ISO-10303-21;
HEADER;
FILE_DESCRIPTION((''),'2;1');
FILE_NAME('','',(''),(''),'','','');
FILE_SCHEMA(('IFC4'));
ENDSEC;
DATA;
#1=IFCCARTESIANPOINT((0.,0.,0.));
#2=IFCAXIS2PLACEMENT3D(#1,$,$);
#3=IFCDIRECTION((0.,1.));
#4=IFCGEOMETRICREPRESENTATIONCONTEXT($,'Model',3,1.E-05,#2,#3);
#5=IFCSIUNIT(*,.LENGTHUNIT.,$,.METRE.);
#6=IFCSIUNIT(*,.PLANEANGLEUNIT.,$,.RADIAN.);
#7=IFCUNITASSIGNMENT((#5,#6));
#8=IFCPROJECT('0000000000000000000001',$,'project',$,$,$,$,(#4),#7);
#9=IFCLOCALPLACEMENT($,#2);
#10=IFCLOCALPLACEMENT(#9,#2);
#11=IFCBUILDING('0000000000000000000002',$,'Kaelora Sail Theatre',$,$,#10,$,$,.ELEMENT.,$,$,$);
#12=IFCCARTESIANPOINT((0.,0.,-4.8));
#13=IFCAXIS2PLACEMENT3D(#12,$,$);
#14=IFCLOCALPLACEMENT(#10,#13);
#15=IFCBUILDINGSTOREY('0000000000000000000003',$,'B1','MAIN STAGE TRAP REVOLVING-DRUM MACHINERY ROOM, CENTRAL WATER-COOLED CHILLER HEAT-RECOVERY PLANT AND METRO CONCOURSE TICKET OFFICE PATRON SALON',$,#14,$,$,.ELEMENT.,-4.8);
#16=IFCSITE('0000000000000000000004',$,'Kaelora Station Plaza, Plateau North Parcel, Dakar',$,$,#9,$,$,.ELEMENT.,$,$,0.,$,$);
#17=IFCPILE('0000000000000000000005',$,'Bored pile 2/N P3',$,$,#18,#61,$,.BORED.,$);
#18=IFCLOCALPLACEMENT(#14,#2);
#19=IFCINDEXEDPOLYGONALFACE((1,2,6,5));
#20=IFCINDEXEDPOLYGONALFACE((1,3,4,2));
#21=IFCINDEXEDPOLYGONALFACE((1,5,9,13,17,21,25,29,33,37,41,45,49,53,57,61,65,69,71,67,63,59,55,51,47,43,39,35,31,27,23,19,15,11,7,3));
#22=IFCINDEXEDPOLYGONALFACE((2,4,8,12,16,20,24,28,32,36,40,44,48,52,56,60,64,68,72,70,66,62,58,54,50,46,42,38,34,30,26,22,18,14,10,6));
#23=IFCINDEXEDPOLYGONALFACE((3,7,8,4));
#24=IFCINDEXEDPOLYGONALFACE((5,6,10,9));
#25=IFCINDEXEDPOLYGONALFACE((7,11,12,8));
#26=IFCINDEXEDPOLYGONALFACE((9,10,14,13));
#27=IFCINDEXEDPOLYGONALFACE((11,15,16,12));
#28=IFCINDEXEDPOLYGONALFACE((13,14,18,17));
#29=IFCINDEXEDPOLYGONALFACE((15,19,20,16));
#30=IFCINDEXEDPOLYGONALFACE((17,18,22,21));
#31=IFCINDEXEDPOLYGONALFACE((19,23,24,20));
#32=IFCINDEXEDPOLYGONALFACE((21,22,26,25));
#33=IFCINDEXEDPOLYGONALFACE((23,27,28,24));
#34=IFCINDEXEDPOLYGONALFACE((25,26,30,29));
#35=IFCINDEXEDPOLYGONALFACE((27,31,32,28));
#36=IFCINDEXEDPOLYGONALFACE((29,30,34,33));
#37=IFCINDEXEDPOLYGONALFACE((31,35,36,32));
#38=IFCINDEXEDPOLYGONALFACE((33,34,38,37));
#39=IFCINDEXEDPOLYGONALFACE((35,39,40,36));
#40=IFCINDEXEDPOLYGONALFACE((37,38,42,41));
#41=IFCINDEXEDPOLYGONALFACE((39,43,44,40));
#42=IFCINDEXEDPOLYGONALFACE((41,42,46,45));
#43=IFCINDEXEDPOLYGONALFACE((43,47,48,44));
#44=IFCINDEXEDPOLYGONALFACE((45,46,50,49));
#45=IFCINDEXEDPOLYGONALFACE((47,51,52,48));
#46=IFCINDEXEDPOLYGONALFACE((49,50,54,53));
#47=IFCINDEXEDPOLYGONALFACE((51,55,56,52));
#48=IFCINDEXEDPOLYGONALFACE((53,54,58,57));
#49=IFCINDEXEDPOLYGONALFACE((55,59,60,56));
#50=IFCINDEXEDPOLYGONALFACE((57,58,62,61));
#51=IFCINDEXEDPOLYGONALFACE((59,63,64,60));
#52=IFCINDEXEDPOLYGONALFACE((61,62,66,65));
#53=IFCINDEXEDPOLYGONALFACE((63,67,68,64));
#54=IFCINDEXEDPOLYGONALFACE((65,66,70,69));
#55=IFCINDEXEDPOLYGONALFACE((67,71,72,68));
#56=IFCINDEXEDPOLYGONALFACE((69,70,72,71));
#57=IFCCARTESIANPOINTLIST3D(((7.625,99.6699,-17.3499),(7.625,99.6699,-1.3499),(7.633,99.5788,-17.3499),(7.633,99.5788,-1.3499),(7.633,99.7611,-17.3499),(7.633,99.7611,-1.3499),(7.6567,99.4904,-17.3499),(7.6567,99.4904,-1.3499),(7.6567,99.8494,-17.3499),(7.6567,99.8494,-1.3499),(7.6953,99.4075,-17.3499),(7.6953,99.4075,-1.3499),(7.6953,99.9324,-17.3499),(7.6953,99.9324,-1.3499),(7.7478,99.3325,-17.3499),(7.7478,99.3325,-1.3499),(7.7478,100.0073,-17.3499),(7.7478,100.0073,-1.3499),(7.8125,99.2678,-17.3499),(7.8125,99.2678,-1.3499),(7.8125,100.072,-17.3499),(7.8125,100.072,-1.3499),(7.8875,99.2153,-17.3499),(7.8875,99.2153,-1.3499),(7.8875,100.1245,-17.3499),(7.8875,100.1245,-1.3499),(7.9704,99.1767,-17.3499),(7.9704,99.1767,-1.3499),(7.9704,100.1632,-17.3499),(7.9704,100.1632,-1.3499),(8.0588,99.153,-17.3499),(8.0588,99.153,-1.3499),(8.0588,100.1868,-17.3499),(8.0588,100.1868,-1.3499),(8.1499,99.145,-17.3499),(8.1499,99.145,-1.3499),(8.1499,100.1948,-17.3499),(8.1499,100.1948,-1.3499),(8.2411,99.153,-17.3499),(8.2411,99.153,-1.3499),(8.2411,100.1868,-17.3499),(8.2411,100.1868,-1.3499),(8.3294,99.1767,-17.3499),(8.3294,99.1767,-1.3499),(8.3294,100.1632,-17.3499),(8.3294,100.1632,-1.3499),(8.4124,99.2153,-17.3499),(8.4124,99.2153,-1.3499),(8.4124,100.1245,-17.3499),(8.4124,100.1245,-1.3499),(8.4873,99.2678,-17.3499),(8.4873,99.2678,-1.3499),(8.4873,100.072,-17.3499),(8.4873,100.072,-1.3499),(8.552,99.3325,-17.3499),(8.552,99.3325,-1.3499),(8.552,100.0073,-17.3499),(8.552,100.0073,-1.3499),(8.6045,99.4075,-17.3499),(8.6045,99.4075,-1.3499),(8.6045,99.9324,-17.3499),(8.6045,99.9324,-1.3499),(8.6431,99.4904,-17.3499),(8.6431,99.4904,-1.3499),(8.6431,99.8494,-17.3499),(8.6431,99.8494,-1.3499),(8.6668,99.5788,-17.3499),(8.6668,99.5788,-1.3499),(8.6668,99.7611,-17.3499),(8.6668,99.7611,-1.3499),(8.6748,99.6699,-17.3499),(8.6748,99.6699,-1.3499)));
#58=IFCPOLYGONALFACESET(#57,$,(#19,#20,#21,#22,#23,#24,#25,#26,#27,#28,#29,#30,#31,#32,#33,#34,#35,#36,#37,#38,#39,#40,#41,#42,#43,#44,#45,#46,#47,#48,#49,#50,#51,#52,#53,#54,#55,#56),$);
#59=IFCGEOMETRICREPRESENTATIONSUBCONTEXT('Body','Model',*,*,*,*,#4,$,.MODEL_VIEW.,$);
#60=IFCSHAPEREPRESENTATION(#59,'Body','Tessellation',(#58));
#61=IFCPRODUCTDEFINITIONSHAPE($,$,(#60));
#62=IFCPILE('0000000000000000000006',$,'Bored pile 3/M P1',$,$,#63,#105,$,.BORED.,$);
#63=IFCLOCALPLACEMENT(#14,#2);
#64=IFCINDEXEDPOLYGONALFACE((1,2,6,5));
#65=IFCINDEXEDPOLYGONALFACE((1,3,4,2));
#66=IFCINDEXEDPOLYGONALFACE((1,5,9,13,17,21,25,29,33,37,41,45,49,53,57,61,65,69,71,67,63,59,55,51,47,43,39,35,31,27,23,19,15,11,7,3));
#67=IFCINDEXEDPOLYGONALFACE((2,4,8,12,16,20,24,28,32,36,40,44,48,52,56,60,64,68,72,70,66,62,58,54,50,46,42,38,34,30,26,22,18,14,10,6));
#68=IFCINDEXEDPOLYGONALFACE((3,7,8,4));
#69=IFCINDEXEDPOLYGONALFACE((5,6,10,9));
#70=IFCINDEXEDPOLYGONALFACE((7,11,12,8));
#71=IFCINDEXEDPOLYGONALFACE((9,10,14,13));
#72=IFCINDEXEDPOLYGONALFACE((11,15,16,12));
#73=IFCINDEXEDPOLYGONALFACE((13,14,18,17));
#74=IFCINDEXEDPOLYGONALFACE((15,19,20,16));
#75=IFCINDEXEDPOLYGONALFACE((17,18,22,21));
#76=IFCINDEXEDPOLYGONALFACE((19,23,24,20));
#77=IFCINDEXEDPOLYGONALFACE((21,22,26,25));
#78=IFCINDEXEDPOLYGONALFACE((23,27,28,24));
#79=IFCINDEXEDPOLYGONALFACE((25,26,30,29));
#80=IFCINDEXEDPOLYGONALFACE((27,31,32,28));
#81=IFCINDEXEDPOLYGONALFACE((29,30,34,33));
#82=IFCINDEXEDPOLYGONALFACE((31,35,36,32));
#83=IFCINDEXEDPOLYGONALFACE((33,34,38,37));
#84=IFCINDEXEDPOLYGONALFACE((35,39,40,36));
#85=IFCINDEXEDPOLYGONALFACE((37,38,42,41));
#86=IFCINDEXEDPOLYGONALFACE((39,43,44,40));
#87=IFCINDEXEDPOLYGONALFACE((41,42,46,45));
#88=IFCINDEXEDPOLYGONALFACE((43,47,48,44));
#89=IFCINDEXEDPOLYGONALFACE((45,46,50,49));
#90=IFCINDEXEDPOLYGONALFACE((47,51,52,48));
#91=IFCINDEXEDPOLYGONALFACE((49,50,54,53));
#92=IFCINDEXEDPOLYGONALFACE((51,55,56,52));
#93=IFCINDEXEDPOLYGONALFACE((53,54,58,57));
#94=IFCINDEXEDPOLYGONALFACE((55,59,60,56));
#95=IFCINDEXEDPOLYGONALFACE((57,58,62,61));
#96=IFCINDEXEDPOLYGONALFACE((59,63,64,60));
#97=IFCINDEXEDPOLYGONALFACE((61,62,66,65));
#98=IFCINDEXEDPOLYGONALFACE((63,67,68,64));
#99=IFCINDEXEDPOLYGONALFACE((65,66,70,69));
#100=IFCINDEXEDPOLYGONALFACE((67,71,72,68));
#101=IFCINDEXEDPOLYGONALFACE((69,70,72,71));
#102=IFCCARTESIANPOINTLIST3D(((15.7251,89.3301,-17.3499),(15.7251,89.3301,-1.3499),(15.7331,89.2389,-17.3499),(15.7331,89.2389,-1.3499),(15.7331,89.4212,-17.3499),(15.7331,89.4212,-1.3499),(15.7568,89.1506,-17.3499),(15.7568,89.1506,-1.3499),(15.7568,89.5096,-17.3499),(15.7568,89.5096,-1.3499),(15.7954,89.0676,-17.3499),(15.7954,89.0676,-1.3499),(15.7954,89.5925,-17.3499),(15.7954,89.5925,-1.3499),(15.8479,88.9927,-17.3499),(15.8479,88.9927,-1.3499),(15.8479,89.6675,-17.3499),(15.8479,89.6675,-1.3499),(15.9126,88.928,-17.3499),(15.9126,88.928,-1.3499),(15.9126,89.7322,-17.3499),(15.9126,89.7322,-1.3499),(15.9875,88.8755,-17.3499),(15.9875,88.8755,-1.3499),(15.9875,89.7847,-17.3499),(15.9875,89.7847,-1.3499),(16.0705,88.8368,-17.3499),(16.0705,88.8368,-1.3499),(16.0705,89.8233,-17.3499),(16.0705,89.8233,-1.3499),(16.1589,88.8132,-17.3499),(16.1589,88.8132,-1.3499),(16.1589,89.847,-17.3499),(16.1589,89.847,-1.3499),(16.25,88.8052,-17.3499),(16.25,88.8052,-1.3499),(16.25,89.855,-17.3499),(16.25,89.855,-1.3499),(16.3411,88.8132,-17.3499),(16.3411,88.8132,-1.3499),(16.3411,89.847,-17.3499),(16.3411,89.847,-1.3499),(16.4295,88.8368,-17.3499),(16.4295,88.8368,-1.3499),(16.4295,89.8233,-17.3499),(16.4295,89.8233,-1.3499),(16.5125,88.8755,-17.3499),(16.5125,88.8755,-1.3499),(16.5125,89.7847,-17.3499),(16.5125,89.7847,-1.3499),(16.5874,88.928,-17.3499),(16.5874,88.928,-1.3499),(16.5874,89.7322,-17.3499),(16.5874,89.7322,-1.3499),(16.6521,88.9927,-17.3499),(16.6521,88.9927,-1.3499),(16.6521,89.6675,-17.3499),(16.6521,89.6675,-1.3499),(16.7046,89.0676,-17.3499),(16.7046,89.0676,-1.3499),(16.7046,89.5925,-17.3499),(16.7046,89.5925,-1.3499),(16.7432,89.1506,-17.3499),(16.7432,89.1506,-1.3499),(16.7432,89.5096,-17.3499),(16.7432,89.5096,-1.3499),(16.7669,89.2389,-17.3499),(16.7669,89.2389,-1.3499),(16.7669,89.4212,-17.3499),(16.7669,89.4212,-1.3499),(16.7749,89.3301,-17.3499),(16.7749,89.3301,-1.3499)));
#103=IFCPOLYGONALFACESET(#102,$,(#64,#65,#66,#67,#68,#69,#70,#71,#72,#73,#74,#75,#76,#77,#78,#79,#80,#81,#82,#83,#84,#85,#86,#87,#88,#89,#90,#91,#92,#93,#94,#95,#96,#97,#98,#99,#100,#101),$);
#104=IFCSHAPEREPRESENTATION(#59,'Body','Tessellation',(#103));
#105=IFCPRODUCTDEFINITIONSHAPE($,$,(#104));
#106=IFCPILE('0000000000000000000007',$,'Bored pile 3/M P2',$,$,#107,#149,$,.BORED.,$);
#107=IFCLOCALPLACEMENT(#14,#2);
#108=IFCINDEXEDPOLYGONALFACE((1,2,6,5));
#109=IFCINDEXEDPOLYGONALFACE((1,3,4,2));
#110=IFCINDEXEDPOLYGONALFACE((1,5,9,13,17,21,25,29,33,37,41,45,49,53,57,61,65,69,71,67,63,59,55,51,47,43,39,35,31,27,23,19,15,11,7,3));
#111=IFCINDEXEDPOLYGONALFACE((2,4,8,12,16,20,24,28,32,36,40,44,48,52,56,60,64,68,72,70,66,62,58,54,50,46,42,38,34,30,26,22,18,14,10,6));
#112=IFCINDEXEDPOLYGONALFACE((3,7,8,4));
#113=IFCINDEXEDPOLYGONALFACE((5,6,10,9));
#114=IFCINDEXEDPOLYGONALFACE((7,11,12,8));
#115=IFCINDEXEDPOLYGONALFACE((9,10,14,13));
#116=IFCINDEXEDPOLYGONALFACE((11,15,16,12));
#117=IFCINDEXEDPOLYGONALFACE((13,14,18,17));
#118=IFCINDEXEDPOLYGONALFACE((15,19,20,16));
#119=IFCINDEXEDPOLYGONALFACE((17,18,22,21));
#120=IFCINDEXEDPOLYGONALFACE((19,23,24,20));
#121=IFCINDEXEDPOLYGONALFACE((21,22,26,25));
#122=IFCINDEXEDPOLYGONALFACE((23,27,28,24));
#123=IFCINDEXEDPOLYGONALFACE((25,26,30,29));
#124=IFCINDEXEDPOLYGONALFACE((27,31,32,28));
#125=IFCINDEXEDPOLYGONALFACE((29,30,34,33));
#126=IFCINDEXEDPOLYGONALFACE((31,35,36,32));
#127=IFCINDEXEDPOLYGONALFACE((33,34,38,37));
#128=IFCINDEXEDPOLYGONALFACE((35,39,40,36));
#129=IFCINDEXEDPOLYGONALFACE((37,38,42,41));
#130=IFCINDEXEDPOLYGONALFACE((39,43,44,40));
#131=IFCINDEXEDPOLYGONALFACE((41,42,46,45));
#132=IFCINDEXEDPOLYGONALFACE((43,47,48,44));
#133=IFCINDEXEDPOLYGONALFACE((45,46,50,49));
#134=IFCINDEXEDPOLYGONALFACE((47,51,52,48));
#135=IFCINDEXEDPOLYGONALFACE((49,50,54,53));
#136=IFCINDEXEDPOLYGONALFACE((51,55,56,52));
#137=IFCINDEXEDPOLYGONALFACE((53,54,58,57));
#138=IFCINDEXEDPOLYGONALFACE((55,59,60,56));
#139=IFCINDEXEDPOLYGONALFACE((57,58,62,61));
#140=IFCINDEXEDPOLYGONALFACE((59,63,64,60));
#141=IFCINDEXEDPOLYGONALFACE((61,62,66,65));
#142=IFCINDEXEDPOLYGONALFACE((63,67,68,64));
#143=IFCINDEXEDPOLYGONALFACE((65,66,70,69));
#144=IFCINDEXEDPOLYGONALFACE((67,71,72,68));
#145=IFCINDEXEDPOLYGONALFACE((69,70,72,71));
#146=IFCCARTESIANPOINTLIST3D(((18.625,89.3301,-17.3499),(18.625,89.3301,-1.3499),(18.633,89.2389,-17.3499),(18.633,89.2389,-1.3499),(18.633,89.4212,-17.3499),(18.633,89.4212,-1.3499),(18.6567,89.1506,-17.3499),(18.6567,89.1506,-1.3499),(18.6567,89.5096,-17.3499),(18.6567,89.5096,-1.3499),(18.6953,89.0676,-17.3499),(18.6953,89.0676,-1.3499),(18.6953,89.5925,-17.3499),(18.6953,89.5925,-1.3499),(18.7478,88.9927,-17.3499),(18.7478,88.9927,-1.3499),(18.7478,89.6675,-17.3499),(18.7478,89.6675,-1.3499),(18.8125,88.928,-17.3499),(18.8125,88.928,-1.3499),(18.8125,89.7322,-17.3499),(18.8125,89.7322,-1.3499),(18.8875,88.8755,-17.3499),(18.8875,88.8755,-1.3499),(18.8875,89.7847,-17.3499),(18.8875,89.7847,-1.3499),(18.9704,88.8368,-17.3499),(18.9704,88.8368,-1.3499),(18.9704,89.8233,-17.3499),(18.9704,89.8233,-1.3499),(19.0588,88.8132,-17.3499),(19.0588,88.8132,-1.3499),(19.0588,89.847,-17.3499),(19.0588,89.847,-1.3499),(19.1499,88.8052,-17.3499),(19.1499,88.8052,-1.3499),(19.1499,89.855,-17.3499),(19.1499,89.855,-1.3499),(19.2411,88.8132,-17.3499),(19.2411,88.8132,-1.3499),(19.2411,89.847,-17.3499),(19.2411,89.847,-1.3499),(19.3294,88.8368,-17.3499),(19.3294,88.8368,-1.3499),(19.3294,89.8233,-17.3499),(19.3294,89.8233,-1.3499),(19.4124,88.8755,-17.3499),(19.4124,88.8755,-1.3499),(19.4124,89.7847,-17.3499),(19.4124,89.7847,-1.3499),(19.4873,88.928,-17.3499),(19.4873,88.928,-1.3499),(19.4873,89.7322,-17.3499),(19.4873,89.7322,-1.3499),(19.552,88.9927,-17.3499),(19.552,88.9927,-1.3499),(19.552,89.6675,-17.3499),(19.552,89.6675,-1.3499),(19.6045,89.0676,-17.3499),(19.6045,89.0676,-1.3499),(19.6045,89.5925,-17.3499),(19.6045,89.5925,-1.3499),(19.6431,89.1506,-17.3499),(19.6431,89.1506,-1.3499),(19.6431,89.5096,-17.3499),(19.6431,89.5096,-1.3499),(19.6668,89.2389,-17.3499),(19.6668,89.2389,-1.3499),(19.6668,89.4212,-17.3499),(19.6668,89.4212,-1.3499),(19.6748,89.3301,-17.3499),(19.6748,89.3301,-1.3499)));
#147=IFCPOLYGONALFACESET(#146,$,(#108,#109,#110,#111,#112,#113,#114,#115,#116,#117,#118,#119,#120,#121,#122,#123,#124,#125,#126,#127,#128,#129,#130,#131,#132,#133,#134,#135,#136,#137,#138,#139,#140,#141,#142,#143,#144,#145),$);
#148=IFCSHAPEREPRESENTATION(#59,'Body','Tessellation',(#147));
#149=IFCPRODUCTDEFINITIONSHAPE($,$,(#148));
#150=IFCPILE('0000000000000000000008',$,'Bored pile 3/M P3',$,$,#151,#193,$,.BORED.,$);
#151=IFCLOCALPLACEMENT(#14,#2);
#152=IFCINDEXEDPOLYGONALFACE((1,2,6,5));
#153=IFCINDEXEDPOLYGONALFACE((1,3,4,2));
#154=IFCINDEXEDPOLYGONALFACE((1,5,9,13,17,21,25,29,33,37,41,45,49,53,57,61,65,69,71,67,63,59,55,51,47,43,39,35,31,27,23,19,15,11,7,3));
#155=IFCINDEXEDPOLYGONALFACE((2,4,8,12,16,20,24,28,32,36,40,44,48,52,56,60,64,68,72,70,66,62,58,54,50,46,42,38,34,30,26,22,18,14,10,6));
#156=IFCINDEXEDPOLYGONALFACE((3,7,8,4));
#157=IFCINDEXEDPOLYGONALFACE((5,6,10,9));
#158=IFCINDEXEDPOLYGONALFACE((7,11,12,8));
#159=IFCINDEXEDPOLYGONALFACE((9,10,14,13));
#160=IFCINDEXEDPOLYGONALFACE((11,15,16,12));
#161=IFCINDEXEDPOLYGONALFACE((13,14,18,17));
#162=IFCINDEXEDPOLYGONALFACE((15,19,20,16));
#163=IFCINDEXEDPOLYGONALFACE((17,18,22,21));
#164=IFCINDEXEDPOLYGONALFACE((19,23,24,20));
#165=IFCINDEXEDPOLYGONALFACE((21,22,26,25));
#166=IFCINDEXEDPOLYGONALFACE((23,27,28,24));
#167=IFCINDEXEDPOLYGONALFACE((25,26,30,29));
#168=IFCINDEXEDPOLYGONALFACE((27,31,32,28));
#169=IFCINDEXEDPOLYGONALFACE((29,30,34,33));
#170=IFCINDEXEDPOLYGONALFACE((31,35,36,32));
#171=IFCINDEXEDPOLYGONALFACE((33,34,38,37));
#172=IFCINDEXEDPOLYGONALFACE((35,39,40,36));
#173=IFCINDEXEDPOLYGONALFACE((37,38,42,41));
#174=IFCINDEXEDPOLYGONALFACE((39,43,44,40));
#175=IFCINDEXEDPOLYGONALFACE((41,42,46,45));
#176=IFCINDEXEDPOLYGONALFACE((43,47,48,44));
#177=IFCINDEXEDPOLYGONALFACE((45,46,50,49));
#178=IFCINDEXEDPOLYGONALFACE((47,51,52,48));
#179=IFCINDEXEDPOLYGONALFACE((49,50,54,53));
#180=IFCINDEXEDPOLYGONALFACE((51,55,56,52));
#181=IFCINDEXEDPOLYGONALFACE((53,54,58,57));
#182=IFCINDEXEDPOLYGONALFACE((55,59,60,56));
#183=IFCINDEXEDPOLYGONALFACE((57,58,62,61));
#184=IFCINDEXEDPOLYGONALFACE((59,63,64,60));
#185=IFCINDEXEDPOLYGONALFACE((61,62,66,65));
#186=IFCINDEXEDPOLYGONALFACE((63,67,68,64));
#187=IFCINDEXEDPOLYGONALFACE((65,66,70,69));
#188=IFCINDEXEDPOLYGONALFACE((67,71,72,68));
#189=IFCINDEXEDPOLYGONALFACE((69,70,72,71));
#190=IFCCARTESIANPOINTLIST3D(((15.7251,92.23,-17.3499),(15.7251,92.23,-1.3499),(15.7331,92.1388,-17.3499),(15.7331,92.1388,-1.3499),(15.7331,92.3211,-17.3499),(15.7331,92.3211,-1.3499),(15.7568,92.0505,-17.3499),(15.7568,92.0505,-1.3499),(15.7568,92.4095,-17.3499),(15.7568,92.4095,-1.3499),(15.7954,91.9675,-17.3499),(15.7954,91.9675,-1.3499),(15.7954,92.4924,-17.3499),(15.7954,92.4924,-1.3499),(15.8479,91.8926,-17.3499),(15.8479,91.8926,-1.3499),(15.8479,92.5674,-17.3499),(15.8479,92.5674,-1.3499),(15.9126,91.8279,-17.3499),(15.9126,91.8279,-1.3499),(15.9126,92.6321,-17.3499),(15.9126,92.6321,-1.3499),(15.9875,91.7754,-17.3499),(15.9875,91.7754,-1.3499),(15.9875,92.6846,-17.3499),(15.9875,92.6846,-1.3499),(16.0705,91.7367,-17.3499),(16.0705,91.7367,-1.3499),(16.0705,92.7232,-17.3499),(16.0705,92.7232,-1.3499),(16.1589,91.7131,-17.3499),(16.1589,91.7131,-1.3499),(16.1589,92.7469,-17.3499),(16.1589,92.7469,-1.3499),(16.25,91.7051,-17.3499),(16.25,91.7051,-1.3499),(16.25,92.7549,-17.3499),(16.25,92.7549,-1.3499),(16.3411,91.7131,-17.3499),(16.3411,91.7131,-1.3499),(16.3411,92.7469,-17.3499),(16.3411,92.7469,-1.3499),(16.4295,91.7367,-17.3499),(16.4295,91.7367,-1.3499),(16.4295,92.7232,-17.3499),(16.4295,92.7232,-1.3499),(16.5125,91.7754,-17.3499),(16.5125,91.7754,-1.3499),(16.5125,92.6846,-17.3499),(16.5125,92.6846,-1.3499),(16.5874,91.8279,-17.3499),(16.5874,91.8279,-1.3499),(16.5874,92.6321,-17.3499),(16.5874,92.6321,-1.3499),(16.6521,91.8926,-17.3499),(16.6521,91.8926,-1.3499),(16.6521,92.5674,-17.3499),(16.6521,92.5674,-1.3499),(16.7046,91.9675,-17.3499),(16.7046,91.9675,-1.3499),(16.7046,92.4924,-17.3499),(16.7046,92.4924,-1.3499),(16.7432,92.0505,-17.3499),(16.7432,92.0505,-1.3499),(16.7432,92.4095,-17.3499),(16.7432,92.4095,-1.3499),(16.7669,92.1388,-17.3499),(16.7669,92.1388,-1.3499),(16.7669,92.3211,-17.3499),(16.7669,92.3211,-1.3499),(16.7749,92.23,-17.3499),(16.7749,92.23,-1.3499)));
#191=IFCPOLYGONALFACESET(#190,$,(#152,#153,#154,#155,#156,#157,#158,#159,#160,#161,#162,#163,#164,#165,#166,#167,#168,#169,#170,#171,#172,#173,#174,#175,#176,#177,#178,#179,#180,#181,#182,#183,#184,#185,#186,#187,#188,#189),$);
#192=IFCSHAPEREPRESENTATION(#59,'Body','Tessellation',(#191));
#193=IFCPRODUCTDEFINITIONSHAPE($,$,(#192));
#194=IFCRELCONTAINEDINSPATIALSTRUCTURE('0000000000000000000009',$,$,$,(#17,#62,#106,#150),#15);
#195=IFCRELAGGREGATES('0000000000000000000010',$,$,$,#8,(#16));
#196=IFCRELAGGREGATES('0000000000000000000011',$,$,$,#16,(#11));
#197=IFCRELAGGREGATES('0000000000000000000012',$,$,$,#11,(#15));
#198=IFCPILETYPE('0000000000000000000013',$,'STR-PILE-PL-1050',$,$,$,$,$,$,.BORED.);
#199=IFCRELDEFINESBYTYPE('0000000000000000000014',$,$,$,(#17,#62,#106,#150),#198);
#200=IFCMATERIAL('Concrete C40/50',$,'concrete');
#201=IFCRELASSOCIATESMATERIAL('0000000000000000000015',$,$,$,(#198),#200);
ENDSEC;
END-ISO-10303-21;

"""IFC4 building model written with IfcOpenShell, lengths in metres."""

from ifc_helpers import new_model, si_unit, direction, frame, origin, origin_2d, place, context, subcontext, project, spatial, circle, extrude, material, material_profile, profile_set, type_object, element, save


model = new_model("IFC4")

# Units and contexts
model_context = context("Model", 3, precision=1e-05, world=origin(), true_north=direction((0.0, 1.0)))
body_context = subcontext(model_context, "Body", "Model", "MODEL_VIEW")
ifc_project = project(units=[si_unit("LENGTHUNIT", "METRE"), si_unit("PLANEANGLEUNIT", "RADIAN")], contexts=[model_context])

# Site, building, storey
site_placement = place(None, origin())
site = spatial("IfcSite", under=ifc_project, at=site_placement, Name="Kaelora Station Plaza, Plateau North Parcel, Dakar", CompositionType="ELEMENT", RefElevation=0.0)
building_placement = place(site_placement, origin())
building = spatial("IfcBuilding", under=site, at=building_placement, Name="Kaelora Sail Theatre", CompositionType="ELEMENT")
storey_placement = place(building_placement, frame((0.0, 0.0, -4.8)))
storey = spatial("IfcBuildingStorey", under=building, at=storey_placement, Name="B1", Description="MAIN STAGE TRAP REVOLVING-DRUM MACHINERY ROOM, CENTRAL WATER-COOLED CHILLER HEAT-RECOVERY PLANT AND METRO CONCOURSE TICKET OFFICE PATRON SALON", CompositionType="ELEMENT", Elevation=-4.8)

# Piles
ifc_material_1 = material(Name="Concrete C40/50", Category="concrete")
ifc_material_profile_1 = material_profile(ifc_material_1, circle(Radius=0.5249, at=origin_2d()), Name="PILE D1050")
ifc_profile_set_1 = profile_set([ifc_material_profile_1], Name="Concrete C40/50")
pile_type = type_object("IfcPileType", Name="STR-PILE-PL-1050", PredefinedType="BORED", material=ifc_profile_set_1)
for number, where, z_axis, x_axis, name in (
    (1, (8.1499, 99.6699, -1.3499), (0.0, 0.0, -1.0), (1.0, 0.0, 0.0), "Bored pile 2/N P3"),
    (2, (16.25, 89.3301, -1.3499), (0.0, 0.0, -1.0), (1.0, 0.0, 0.0), "Bored pile 3/M P1"),
    (3, (19.1499, 89.3301, -1.3499), (0.0, 0.0, -1.0), (1.0, 0.0, 0.0), "Bored pile 3/M P2"),
    (4, (16.25, 92.23, -1.3499), (0.0, 0.0, -1.0), (1.0, 0.0, 0.0), "Bored pile 3/M P3"),
):
    element("IfcPile", number, at=place(storey_placement, frame(where, z_axis=z_axis, x_axis=x_axis)), inside=storey, type_object=pile_type, Name=name, PredefinedType="BORED", context=body_context, shape_type="SweptSolid", body=[
        extrude(circle(Radius=0.5249, at=origin_2d()), origin(), (0.0, 0.0, 1.0), 16.0),
    ])

save(model, "model.ifc")
